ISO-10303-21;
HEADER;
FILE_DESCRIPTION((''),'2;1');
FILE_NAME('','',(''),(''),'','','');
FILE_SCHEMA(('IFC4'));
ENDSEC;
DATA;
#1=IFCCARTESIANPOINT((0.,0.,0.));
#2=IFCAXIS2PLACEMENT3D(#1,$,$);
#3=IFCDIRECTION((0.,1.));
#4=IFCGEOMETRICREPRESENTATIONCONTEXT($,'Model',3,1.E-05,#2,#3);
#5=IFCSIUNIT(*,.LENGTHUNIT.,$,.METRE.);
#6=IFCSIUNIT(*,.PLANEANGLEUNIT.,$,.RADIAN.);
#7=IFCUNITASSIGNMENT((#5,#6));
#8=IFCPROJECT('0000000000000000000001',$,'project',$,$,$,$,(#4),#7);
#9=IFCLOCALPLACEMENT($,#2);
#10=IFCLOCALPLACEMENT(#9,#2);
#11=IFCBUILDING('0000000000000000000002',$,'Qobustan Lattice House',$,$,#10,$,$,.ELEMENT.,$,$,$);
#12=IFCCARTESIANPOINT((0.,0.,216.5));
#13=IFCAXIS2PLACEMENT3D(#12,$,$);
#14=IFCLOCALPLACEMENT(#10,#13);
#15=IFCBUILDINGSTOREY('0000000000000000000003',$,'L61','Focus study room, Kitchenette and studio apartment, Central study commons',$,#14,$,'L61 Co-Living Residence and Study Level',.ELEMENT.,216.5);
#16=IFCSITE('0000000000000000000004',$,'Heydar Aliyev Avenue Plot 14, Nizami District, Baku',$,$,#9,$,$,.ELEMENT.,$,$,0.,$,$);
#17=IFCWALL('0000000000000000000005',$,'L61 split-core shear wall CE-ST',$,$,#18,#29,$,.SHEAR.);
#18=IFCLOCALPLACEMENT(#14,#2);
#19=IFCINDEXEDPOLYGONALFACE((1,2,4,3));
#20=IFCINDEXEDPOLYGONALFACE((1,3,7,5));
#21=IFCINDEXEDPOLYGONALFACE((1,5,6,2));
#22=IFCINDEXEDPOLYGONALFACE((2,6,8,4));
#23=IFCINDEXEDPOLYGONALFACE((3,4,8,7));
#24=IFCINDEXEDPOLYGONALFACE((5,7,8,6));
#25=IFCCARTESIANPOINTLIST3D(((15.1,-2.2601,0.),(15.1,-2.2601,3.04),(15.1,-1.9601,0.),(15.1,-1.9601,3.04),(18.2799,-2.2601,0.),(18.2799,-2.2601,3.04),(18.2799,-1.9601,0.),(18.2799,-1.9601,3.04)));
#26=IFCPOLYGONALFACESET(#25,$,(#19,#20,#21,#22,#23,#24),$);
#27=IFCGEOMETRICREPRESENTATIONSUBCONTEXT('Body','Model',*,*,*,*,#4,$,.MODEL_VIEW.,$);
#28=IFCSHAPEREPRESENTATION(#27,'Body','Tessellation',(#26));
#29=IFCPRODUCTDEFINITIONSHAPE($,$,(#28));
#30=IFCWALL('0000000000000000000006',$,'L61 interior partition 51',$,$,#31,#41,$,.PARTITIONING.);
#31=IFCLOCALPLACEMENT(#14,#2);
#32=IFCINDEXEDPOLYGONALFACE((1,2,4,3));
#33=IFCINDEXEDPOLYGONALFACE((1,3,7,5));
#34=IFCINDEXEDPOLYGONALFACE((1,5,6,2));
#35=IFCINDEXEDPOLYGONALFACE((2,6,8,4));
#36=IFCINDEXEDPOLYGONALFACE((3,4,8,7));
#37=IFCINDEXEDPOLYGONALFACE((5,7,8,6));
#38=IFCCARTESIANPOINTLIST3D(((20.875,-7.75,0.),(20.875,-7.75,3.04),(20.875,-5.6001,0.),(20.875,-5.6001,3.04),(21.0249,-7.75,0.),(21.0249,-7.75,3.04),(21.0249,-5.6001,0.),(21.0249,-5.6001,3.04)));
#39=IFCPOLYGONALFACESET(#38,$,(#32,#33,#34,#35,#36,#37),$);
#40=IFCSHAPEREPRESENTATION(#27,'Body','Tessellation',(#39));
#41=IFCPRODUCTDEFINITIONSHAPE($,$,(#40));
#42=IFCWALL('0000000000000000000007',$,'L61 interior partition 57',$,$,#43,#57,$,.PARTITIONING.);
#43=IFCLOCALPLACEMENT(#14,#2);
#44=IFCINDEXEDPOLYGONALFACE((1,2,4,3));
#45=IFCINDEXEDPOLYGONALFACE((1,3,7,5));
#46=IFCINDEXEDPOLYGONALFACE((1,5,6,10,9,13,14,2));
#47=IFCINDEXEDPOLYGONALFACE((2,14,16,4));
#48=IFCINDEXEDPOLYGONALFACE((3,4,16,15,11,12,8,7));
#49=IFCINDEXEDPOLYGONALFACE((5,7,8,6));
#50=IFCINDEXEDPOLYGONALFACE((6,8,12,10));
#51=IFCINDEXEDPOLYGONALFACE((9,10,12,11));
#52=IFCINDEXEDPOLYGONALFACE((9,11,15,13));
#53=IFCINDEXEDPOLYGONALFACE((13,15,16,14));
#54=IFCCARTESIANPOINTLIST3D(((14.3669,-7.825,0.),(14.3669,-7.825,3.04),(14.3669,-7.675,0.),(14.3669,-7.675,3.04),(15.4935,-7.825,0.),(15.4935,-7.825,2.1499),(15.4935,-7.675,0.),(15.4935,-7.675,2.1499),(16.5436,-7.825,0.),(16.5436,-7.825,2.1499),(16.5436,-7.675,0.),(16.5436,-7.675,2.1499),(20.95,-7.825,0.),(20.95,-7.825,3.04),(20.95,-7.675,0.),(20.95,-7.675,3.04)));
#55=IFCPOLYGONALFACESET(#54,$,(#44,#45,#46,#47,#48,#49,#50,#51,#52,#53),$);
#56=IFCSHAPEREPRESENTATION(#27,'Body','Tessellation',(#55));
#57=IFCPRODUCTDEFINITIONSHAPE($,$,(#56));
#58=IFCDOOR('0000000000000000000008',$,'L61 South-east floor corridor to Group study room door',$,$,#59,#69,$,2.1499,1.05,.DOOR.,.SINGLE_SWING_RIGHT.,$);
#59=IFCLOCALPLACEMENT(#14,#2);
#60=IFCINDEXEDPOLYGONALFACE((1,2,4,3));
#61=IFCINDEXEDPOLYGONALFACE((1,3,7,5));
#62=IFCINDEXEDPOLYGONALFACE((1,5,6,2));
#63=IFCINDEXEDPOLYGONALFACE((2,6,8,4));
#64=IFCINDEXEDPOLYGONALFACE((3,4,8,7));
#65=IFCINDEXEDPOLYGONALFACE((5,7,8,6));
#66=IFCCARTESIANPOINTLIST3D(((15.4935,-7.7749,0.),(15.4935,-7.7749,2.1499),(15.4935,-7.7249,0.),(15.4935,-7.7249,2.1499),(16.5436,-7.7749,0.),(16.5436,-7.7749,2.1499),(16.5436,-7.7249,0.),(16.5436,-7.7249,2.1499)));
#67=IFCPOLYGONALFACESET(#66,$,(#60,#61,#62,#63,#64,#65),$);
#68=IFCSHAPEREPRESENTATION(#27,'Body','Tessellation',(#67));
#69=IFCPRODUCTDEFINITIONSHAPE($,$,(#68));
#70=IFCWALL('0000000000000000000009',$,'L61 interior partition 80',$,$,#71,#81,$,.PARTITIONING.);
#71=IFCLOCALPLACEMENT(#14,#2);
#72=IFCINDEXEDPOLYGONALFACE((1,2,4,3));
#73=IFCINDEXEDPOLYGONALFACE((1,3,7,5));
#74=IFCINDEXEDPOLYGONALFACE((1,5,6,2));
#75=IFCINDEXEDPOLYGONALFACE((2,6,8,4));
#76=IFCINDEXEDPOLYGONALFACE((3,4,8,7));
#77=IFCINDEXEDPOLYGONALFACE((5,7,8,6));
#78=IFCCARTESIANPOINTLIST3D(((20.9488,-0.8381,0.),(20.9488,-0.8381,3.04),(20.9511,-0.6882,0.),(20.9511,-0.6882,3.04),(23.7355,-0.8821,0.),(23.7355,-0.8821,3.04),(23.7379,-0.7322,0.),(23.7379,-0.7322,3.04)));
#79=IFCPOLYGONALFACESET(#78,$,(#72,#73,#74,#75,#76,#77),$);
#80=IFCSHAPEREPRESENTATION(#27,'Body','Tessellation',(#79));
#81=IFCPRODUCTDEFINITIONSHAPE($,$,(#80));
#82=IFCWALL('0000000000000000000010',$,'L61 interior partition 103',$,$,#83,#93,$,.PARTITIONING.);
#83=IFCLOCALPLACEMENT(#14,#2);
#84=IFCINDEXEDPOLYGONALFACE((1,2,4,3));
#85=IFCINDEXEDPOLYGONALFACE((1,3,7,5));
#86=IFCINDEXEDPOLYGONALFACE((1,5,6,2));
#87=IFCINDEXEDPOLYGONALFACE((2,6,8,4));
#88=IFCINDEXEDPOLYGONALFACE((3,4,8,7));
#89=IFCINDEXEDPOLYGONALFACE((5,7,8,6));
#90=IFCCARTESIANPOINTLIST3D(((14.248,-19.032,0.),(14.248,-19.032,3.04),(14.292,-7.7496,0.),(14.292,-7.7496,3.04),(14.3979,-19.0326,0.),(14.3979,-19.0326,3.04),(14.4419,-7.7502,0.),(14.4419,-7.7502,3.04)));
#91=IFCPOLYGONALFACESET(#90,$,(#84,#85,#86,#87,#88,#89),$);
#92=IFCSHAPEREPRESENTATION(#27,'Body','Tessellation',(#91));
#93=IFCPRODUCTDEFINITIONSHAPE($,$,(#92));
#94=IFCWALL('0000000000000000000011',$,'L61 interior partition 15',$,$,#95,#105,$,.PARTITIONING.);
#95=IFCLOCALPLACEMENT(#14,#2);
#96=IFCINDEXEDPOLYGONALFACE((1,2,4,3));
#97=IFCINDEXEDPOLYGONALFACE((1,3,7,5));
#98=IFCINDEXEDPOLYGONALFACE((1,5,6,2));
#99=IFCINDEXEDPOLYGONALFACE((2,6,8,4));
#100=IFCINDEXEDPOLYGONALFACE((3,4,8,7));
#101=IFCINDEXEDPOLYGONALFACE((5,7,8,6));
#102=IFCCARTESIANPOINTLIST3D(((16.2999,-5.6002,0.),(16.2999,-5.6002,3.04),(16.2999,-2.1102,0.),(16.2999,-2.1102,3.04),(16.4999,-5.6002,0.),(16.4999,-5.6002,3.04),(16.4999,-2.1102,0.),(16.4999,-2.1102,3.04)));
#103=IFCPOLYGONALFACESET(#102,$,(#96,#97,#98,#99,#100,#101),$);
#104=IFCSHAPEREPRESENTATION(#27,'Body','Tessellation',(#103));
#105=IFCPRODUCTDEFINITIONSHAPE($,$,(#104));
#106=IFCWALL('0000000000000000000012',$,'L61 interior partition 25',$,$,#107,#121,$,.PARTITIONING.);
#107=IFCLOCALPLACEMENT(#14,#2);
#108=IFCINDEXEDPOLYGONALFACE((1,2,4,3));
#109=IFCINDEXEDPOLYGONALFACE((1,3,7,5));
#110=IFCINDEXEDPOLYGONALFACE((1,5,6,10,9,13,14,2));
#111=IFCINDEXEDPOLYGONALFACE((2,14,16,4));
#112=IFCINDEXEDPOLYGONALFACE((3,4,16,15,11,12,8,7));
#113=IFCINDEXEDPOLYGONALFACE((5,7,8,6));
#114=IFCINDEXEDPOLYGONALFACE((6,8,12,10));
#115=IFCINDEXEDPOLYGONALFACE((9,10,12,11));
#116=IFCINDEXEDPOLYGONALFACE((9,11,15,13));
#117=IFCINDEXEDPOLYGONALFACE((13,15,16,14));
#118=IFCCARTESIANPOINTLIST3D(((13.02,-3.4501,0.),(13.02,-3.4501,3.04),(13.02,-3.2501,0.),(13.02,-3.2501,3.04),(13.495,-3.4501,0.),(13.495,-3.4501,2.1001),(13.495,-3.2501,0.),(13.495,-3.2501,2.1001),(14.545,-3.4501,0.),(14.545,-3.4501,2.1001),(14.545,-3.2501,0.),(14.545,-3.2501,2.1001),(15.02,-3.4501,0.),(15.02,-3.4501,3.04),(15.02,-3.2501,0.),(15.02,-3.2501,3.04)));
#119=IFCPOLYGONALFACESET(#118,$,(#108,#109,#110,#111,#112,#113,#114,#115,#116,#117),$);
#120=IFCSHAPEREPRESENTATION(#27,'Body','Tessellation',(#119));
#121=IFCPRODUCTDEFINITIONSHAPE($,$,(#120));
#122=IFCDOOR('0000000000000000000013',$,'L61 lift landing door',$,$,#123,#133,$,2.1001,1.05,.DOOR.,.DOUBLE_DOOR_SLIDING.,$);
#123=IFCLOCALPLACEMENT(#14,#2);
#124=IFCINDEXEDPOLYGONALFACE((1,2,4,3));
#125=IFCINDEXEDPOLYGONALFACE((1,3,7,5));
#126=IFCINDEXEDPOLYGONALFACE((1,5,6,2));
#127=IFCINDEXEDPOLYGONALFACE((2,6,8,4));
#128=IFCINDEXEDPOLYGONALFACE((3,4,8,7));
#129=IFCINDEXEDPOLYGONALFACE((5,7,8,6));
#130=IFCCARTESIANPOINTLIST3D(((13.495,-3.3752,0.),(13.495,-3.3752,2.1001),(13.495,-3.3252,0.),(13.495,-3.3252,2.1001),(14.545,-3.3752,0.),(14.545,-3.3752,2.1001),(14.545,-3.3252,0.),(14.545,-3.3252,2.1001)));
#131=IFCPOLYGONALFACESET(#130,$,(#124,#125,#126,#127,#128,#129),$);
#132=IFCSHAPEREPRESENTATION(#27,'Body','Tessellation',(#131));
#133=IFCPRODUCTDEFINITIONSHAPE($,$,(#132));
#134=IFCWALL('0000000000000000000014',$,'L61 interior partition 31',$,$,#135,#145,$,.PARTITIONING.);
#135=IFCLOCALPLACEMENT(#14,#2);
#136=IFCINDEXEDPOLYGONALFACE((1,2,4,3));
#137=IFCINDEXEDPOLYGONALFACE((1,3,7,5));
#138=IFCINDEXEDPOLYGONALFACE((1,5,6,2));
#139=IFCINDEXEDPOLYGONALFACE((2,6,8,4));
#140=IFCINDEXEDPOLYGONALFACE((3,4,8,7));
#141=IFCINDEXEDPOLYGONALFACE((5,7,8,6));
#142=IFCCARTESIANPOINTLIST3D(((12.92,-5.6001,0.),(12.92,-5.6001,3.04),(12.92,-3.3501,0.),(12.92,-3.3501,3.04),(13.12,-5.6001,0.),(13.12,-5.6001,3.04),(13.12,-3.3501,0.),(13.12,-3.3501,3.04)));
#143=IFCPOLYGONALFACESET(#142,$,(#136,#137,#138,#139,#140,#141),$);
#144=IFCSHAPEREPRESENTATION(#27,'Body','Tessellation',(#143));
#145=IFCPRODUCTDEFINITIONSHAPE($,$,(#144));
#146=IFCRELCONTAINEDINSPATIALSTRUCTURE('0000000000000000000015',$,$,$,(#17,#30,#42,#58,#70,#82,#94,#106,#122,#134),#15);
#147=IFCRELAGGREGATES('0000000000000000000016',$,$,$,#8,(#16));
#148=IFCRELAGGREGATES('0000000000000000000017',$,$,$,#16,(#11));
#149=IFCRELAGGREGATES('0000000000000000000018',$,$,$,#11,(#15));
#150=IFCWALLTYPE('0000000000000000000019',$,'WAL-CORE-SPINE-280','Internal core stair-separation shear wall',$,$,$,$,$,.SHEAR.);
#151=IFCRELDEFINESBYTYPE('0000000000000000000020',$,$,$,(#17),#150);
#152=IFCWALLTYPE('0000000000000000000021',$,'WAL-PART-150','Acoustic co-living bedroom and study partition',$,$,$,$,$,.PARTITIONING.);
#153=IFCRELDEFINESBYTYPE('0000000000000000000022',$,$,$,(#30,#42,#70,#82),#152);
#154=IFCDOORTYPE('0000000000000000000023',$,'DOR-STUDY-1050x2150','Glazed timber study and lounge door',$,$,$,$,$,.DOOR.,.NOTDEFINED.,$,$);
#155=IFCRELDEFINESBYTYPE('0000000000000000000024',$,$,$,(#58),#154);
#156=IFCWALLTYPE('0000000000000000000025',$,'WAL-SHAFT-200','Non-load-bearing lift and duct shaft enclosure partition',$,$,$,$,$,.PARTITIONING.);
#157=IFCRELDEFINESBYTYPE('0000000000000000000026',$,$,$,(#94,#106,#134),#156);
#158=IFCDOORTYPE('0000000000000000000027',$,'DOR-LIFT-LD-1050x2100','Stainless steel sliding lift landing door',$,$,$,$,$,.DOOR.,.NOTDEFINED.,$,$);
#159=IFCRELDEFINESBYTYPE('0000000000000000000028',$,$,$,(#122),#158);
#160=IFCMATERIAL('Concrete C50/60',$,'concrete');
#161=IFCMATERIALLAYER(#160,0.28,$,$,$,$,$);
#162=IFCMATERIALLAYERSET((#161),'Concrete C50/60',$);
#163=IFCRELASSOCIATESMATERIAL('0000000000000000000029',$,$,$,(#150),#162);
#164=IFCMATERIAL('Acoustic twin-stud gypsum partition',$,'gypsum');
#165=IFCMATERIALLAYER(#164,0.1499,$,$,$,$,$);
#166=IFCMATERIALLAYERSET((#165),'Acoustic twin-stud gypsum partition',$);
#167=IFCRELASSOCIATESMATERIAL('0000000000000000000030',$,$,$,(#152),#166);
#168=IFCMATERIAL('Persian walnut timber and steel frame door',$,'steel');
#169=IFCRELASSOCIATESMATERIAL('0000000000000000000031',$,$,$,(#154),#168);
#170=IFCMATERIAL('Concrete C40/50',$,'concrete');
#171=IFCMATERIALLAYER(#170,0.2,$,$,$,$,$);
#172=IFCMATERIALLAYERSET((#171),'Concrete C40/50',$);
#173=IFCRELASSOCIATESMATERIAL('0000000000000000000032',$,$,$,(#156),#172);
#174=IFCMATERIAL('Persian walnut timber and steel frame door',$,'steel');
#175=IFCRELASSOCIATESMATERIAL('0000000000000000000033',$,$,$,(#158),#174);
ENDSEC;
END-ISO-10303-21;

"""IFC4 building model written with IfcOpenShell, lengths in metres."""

from ifc_helpers import new_model, si_unit, direction, frame, frame_2d, origin, place, context, subcontext, project, spatial, rectangle, extrude, material, layer, layer_set, type_object, element, fill, save


model = new_model("IFC4")

# Units and contexts
model_context = context("Model", 3, precision=1e-05, world=origin(), true_north=direction((0.0, 1.0)))
body_context = subcontext(model_context, "Body", "Model", "MODEL_VIEW")
ifc_project = project(units=[si_unit("LENGTHUNIT", "METRE"), si_unit("PLANEANGLEUNIT", "RADIAN")], contexts=[model_context])

# Site, building, storey
site_placement = place(None, origin())
site = spatial("IfcSite", under=ifc_project, at=site_placement, Name="Heydar Aliyev Avenue Plot 14, Nizami District, Baku", CompositionType="ELEMENT", RefElevation=0.0)
building_placement = place(site_placement, origin())
building = spatial("IfcBuilding", under=site, at=building_placement, Name="Qobustan Lattice House", CompositionType="ELEMENT")
storey_placement = place(building_placement, frame((0.0, 0.0, 216.5)))
storey = spatial("IfcBuildingStorey", under=building, at=storey_placement, Name="L61", Description="Focus study room, Kitchenette and studio apartment, Central study commons", LongName="L61 Co-Living Residence and Study Level", CompositionType="ELEMENT", Elevation=216.5)

# Walls
ifc_material_1 = material(Name="Concrete C50/60", Category="concrete")
ifc_layer_1 = layer(ifc_material_1, 0.28)
ifc_layer_set_1 = layer_set([ifc_layer_1], Name="Concrete C50/60")
wall_type_1 = type_object("IfcWallType", Name="WAL-CORE-SPINE-280", Description="Internal core stair-separation shear wall", PredefinedType="SHEAR", material=ifc_layer_set_1)
wall_1_placement = place(storey_placement, frame((15.1001, -2.1101, 0.0), z_axis=(0.0, 0.0, 1.0), x_axis=(1.0, 0.0, 0.0)))
element("IfcWall", 1, at=wall_1_placement, inside=storey, type_object=wall_type_1, Name="L61 split-core shear wall CE-ST", PredefinedType="SHEAR", context=body_context, shape_type="SweptSolid", body=[
    extrude(rectangle(XDim=3.1799, YDim=0.3, at=frame_2d((1.5898, 0.0))), origin(), (0.0, 0.0, 1.0), 3.04),
])
ifc_material_2 = material(Name="Acoustic twin-stud gypsum partition", Category="gypsum")
ifc_layer_2 = layer(ifc_material_2, 0.1499)
ifc_layer_set_2 = layer_set([ifc_layer_2], Name="Acoustic twin-stud gypsum partition")
wall_type_2 = type_object("IfcWallType", Name="WAL-PART-150", Description="Acoustic co-living bedroom and study partition", PredefinedType="PARTITIONING", material=ifc_layer_set_2)
wall_2_placement = place(storey_placement, frame((20.95, -5.6001, 0.0), z_axis=(0.0, 0.0, 1.0), x_axis=(0.0, -1.0, 0.0)))
element("IfcWall", 2, at=wall_2_placement, inside=storey, type_object=wall_type_2, Name="L61 interior partition 51", PredefinedType="PARTITIONING", context=body_context, shape_type="SweptSolid", body=[
    extrude(rectangle(XDim=2.1499, YDim=0.1499, at=frame_2d((1.075, 0.0))), origin(), (0.0, 0.0, 1.0), 3.04),
])

# Wall, opening, door
wall_3_placement = place(storey_placement, frame((20.95, -7.75, 0.0), z_axis=(0.0, 0.0, 1.0), x_axis=(-1.0, 0.0, 0.0)))
wall_3 = element("IfcWall", 3, at=wall_3_placement, inside=storey, type_object=wall_type_2, Name="L61 interior partition 57", PredefinedType="PARTITIONING", context=body_context, shape_type="SweptSolid", body=[
    extrude(rectangle(XDim=6.583, YDim=0.1499, at=frame_2d((3.2915, 0.0))), origin(), (0.0, 0.0, 1.0), 3.04),
])
opening_1_placement = place(wall_3_placement, frame((4.4065, 0.0, 0.0)))
opening_1 = element("IfcOpeningElement", 4, at=opening_1_placement, cuts=wall_3, PredefinedType="OPENING", context=body_context, shape_type="SweptSolid", body=[
    extrude(rectangle(XDim=1.05, YDim=2.1499, at=frame_2d((0.5249, 1.075))), frame((0.0, 0.085, 0.0), z_axis=(0.0, -1.0, 0.0), x_axis=(1.0, 0.0, 0.0)), (0.0, 0.0, 1.0), 0.1699),
])
ifc_material_3 = material(Name="Persian walnut timber and steel frame door", Category="steel")
door_type_1 = type_object("IfcDoorType", Name="DOR-STUDY-1050x2150", Description="Glazed timber study and lounge door", OperationType="NOTDEFINED", PredefinedType="DOOR", material=ifc_material_3)
door_1_placement = place(opening_1_placement, origin())
door_1 = element("IfcDoor", 5, at=door_1_placement, inside=storey, type_object=door_type_1, Name="L61 South-east floor corridor to Group study room door", OperationType="SINGLE_SWING_RIGHT", OverallHeight=2.1499, OverallWidth=1.05, PredefinedType="DOOR", context=body_context, shape_type="SweptSolid", body=[
    extrude(rectangle(XDim=1.05, YDim=2.1499, at=frame_2d((0.5249, 1.075))), frame((0.0, 0.0249, 0.0), z_axis=(0.0, -1.0, 0.0), x_axis=(1.0, 0.0, 0.0)), (0.0, 0.0, 1.0), 0.05),
])
fill(opening_1, door_1)

# Walls
wall_4_placement = place(storey_placement, frame((20.95, -0.7632, 0.0), z_axis=(0.0, 0.0, 1.0), x_axis=(0.999876, -0.015767, 0.0)))
element("IfcWall", 6, at=wall_4_placement, inside=storey, type_object=wall_type_2, Name="L61 interior partition 80", PredefinedType="PARTITIONING", context=body_context, shape_type="SweptSolid", body=[
    extrude(rectangle(XDim=2.7871, YDim=0.1499, at=frame_2d((1.3936, 0.0))), origin(), (0.0, 0.0, 1.0), 3.04),
])
wall_5_placement = place(storey_placement, frame((14.3669, -7.75, 0.0), z_axis=(0.0, 0.0, 1.0), x_axis=(-0.003895, -0.999992, 0.0)))
element("IfcWall", 7, at=wall_5_placement, inside=storey, type_object=wall_type_2, Name="L61 interior partition 103", PredefinedType="PARTITIONING", context=body_context, shape_type="SweptSolid", body=[
    extrude(rectangle(XDim=11.2825, YDim=0.1499, at=frame_2d((5.6411, 0.0))), origin(), (0.0, 0.0, 1.0), 3.04),
])
ifc_material_4 = material(Name="Concrete C40/50", Category="concrete")
ifc_layer_3 = layer(ifc_material_4, 0.2)
ifc_layer_set_3 = layer_set([ifc_layer_3], Name="Concrete C40/50")
wall_type_3 = type_object("IfcWallType", Name="WAL-SHAFT-200", Description="Non-load-bearing lift and duct shaft enclosure partition", PredefinedType="PARTITIONING", material=ifc_layer_set_3)
wall_6_placement = place(storey_placement, frame((16.3999, -2.1101, 0.0), z_axis=(0.0, 0.0, 1.0), x_axis=(0.0, -1.0, 0.0)))
element("IfcWall", 8, at=wall_6_placement, inside=storey, type_object=wall_type_3, Name="L61 interior partition 15", PredefinedType="PARTITIONING", context=body_context, shape_type="SweptSolid", body=[
    extrude(rectangle(XDim=3.49, YDim=0.2, at=frame_2d((1.7451, 0.0))), origin(), (0.0, 0.0, 1.0), 3.04),
])

# Wall, opening, door
wall_7_placement = place(storey_placement, frame((13.02, -3.3501, 0.0), z_axis=(0.0, 0.0, 1.0), x_axis=(1.0, 0.0, 0.0)))
wall_7 = element("IfcWall", 9, at=wall_7_placement, inside=storey, type_object=wall_type_3, Name="L61 interior partition 25", PredefinedType="PARTITIONING", context=body_context, shape_type="SweptSolid", body=[
    extrude(rectangle(XDim=2.0, YDim=0.2, at=frame_2d((1.0, 0.0))), origin(), (0.0, 0.0, 1.0), 3.04),
])
opening_2_placement = place(wall_7_placement, frame((0.4751, 0.0, 0.0)))
opening_2 = element("IfcOpeningElement", 10, at=opening_2_placement, cuts=wall_7, PredefinedType="OPENING", context=body_context, shape_type="SweptSolid", body=[
    extrude(rectangle(XDim=1.05, YDim=2.1001, at=frame_2d((0.5249, 1.05))), frame((0.0, 0.1099, 0.0), z_axis=(0.0, -1.0, 0.0), x_axis=(1.0, 0.0, 0.0)), (0.0, 0.0, 1.0), 0.22),
])
ifc_material_5 = material(Name="Persian walnut timber and steel frame door", Category="steel")
door_type_2 = type_object("IfcDoorType", Name="DOR-LIFT-LD-1050x2100", Description="Stainless steel sliding lift landing door", OperationType="NOTDEFINED", PredefinedType="DOOR", material=ifc_material_5)
door_2_placement = place(opening_2_placement, origin())
door_2 = element("IfcDoor", 11, at=door_2_placement, inside=storey, type_object=door_type_2, Name="L61 lift landing door", OperationType="DOUBLE_DOOR_SLIDING", OverallHeight=2.1001, OverallWidth=1.05, PredefinedType="DOOR", context=body_context, shape_type="SweptSolid", body=[
    extrude(rectangle(XDim=1.05, YDim=2.1001, at=frame_2d((0.5249, 1.05))), frame((0.0, 0.0249, 0.0), z_axis=(0.0, -1.0, 0.0), x_axis=(1.0, 0.0, 0.0)), (0.0, 0.0, 1.0), 0.05),
])
fill(opening_2, door_2)

# Wall
wall_8_placement = place(storey_placement, frame((13.02, -5.6001, 0.0), z_axis=(0.0, 0.0, 1.0), x_axis=(0.0, 1.0, 0.0)))
element("IfcWall", 12, at=wall_8_placement, inside=storey, type_object=wall_type_3, Name="L61 interior partition 31", PredefinedType="PARTITIONING", context=body_context, shape_type="SweptSolid", body=[
    extrude(rectangle(XDim=2.25, YDim=0.2, at=frame_2d((1.125, 0.0))), origin(), (0.0, 0.0, 1.0), 3.04),
])

save(model, "model.ifc")
